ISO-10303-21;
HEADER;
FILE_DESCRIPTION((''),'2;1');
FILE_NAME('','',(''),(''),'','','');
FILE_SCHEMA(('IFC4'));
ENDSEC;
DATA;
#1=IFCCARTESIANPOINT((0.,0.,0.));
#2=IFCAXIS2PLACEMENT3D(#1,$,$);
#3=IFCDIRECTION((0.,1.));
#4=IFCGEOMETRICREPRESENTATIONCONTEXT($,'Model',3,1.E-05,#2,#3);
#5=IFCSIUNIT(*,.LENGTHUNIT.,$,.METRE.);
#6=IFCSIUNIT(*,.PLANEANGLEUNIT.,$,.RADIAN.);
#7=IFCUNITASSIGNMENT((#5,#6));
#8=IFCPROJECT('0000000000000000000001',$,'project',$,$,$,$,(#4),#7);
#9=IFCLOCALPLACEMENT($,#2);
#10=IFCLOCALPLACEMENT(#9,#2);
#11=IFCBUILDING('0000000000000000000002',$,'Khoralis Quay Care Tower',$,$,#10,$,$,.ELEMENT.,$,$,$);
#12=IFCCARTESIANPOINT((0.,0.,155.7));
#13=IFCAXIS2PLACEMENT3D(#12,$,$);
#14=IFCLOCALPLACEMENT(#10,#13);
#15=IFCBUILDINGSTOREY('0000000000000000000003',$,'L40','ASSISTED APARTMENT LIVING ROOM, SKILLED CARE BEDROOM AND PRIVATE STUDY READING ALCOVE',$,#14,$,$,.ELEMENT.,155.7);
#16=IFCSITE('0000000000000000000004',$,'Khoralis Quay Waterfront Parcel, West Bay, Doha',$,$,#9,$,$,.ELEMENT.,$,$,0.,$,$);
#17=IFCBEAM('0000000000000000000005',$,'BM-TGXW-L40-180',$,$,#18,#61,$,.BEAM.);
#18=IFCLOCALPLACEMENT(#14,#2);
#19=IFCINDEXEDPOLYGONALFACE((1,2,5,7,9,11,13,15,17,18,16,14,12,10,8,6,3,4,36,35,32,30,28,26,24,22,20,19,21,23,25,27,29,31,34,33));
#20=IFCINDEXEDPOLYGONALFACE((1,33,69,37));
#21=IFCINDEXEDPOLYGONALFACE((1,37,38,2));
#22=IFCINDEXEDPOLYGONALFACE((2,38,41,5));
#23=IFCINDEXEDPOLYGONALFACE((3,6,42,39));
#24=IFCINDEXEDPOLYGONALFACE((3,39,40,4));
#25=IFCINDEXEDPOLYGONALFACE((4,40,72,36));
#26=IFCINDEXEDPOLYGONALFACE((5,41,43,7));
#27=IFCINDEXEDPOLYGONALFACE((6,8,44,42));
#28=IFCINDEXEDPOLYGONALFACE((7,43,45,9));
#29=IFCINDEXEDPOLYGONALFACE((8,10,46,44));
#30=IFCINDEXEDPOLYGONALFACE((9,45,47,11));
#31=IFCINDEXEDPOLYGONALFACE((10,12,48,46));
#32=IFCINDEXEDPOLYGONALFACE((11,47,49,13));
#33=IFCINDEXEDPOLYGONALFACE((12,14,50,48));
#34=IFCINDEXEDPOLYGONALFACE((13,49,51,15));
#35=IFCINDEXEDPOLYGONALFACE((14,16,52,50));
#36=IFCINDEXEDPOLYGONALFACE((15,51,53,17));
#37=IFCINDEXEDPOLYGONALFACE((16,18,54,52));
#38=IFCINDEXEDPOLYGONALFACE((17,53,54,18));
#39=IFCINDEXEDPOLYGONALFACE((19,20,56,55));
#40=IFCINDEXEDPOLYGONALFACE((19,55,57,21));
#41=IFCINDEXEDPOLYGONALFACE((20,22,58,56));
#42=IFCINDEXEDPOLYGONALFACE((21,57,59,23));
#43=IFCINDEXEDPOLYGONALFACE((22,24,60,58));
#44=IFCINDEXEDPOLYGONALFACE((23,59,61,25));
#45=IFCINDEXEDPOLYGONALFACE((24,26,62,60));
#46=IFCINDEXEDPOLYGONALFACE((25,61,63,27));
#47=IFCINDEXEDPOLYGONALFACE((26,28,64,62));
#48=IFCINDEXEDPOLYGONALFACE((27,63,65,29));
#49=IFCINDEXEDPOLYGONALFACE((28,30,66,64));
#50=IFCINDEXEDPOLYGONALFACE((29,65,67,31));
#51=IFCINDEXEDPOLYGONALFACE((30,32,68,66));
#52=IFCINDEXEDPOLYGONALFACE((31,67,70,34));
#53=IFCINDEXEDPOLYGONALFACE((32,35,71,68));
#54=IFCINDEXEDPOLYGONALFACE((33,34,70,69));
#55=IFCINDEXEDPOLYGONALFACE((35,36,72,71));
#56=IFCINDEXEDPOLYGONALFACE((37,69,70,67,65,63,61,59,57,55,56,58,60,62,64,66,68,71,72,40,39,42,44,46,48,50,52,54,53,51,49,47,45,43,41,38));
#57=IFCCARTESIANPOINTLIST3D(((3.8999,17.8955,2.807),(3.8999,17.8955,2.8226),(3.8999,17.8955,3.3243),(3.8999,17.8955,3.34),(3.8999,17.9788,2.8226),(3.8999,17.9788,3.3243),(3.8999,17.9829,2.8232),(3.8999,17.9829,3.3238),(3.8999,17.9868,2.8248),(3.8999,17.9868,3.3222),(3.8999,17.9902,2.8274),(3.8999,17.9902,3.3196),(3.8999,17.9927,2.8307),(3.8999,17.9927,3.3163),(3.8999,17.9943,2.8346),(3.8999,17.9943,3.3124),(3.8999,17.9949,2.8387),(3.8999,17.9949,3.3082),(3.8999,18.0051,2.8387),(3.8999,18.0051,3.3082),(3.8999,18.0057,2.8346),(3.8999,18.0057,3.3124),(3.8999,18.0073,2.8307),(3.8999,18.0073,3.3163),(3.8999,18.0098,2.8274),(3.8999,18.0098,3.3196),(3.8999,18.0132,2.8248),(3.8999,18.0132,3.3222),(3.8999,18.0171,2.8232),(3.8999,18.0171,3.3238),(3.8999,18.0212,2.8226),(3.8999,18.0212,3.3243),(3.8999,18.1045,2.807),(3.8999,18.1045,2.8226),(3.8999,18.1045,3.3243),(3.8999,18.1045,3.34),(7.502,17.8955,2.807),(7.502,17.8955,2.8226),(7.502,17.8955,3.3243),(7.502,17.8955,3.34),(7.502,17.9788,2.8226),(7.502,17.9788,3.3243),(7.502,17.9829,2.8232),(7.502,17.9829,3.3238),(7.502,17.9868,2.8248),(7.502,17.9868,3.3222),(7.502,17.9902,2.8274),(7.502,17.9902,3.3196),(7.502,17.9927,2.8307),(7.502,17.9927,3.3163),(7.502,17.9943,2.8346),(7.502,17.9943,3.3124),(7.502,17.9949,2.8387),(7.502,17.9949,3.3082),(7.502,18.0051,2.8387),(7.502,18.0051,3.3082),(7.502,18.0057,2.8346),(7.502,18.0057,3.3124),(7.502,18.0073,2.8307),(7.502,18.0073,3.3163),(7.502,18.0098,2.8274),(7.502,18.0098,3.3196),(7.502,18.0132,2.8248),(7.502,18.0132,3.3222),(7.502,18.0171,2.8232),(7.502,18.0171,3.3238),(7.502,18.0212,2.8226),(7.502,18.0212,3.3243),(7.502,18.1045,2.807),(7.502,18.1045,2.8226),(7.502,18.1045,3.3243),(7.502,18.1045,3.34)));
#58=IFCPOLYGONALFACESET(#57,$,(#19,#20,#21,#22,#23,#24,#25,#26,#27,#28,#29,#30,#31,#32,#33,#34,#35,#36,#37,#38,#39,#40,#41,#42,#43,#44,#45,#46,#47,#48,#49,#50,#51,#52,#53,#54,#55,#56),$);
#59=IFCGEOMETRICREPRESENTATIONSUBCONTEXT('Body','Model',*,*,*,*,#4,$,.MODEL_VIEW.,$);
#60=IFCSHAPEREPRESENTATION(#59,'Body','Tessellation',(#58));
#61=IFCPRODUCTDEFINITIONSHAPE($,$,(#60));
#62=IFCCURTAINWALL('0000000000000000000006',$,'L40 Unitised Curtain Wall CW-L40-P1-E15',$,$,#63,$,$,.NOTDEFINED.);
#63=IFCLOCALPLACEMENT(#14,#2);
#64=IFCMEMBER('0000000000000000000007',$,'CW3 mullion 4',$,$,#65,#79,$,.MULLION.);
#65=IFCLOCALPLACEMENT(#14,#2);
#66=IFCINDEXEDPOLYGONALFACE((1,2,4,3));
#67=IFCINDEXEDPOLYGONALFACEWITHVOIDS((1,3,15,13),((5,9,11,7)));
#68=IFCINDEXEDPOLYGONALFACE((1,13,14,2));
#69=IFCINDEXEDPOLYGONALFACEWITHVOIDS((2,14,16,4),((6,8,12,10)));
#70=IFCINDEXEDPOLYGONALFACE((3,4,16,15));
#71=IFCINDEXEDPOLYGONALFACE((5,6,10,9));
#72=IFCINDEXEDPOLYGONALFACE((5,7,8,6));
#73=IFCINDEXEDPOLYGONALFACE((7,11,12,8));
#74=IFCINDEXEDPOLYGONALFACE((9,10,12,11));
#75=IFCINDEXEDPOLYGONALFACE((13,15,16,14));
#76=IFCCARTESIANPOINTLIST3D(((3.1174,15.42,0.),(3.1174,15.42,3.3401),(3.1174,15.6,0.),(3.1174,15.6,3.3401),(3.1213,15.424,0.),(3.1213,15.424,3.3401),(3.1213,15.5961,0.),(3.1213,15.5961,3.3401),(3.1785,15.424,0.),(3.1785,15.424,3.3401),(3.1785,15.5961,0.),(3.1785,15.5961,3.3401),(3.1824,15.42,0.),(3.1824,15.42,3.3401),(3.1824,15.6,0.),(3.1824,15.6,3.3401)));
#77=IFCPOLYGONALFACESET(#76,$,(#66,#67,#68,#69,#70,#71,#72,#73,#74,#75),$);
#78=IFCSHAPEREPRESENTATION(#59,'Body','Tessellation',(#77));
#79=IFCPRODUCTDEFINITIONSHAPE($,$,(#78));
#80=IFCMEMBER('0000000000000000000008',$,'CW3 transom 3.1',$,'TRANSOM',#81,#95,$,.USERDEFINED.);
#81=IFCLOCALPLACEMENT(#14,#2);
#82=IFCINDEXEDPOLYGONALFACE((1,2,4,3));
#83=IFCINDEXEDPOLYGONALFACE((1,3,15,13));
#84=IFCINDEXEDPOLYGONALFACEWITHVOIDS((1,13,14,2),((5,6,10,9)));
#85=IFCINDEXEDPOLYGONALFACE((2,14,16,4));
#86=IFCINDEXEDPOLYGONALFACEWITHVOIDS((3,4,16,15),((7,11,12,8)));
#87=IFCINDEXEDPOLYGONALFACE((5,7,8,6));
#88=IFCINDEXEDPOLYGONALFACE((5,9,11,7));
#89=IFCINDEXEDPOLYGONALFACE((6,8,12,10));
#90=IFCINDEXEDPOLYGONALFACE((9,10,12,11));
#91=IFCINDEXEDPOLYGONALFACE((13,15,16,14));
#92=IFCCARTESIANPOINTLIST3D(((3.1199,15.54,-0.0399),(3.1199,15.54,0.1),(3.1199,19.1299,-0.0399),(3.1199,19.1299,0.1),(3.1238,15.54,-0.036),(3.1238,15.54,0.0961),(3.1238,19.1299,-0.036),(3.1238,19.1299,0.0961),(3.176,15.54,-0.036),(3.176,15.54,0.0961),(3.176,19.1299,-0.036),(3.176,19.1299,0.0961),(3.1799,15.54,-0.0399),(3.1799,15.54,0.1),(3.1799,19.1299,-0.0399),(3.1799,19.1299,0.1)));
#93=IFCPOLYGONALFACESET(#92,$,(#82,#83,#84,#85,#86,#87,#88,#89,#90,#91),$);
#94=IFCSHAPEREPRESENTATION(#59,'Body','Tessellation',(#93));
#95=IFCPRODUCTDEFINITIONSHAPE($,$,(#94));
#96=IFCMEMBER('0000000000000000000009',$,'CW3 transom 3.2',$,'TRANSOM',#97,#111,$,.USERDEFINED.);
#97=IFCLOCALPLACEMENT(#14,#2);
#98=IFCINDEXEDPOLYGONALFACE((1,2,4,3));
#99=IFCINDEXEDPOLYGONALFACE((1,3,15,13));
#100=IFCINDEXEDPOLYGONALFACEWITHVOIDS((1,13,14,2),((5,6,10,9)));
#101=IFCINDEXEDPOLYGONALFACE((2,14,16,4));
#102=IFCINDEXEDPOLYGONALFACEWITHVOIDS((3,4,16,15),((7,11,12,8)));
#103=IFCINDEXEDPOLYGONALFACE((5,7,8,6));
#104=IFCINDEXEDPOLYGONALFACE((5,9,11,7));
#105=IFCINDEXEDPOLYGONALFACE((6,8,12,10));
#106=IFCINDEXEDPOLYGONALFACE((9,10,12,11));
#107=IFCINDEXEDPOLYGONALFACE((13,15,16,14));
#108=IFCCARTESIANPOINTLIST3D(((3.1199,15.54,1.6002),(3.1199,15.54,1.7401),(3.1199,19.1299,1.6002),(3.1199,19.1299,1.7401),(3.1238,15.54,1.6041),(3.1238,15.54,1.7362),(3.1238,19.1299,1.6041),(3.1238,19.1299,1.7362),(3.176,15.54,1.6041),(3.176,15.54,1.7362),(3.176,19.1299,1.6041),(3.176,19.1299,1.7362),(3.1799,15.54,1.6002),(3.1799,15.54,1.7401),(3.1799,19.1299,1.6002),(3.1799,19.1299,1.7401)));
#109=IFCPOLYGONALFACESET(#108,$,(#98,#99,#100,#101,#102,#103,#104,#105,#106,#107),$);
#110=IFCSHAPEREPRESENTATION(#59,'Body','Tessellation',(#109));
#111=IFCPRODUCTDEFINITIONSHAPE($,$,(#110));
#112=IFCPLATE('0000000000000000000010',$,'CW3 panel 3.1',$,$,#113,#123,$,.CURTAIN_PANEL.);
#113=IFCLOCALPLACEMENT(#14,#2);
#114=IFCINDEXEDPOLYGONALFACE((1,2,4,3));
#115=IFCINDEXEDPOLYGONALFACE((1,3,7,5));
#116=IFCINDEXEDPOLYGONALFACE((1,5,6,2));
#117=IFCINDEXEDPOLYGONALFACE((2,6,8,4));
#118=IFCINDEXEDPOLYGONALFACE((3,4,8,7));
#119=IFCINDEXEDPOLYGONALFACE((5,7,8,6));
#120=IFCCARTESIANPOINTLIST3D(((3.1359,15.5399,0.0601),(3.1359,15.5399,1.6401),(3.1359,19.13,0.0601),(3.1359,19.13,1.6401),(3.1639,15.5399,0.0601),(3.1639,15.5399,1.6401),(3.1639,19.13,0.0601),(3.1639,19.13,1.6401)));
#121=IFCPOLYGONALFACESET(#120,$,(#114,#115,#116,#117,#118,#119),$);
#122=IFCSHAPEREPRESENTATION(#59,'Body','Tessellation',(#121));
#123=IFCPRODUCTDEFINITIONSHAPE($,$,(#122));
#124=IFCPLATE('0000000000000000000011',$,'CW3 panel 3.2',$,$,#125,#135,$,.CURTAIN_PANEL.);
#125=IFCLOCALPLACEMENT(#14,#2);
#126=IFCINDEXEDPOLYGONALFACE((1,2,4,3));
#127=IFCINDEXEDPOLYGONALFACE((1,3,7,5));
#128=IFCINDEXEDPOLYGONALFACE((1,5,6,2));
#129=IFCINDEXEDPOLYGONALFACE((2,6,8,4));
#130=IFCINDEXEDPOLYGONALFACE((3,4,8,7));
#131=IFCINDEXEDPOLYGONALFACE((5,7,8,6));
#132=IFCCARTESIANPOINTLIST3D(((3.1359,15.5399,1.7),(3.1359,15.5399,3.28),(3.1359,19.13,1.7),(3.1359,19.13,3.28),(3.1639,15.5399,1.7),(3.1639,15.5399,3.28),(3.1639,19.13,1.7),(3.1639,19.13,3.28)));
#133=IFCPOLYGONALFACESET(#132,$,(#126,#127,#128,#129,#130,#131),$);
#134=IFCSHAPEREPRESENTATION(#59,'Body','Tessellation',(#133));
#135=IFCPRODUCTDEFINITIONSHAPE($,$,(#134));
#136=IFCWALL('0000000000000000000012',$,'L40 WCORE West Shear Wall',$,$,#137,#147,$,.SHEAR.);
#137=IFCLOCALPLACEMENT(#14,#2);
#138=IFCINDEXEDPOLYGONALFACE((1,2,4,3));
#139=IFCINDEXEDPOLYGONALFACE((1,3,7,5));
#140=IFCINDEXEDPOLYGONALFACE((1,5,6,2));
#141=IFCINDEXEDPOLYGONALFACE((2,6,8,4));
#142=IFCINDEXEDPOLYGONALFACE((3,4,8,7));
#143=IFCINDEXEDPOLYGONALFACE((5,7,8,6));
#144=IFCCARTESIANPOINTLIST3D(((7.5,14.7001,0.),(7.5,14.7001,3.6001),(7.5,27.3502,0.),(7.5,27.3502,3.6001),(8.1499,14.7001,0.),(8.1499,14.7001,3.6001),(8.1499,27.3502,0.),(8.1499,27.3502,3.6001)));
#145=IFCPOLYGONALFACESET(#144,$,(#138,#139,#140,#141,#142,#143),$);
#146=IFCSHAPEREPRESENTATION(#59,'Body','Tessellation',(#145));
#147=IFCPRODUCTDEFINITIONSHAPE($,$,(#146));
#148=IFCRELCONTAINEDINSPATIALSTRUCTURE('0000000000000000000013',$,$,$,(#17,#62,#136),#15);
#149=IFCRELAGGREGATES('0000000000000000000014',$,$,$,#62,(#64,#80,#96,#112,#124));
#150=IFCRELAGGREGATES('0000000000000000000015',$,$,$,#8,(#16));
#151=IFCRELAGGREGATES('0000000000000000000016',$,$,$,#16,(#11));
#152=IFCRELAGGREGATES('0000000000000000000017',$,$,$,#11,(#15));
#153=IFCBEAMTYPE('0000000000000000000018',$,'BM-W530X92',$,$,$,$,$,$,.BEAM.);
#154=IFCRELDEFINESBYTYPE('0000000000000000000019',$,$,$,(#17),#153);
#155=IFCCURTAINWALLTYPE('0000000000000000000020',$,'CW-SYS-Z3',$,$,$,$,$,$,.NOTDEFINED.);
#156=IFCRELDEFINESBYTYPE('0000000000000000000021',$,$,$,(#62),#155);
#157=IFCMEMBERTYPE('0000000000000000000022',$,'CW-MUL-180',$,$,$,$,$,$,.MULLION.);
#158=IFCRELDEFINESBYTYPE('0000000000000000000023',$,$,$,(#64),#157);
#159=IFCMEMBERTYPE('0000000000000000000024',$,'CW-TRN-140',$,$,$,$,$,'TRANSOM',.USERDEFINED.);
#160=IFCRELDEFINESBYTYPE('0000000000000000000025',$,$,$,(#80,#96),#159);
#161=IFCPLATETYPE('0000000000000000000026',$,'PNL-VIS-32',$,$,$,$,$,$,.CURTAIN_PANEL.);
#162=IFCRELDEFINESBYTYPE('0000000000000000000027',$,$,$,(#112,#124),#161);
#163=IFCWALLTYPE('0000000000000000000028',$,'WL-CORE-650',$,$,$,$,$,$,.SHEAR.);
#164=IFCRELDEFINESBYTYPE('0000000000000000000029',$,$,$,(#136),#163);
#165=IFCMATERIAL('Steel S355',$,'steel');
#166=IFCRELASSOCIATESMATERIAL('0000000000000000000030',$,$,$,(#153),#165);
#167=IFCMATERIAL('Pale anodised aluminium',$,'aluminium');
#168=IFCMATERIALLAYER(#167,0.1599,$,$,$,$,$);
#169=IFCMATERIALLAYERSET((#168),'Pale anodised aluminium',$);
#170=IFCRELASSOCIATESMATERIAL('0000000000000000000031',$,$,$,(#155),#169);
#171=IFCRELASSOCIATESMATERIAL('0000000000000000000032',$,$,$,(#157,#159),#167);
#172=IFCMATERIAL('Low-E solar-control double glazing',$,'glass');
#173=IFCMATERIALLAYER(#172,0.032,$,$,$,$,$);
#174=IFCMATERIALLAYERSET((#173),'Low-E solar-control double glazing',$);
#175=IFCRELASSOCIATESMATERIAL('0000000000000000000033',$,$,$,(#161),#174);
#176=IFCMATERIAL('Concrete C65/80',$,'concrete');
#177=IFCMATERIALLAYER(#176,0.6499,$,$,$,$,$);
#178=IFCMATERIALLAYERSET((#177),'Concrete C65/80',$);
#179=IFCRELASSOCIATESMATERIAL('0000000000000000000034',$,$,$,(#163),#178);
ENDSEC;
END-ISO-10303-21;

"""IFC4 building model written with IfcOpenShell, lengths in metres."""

from ifc_helpers import new_model, si_unit, direction, frame, frame_2d, origin, origin_2d, place, context, subcontext, project, spatial, rectangle, hollow_rectangle, i_section, extrude, source, transform, mapped, material, layer, layer_set, material_profile, profile_set, type_object, element, aggregate, save


model = new_model("IFC4")

# Units and contexts
model_context = context("Model", 3, precision=1e-05, world=origin(), true_north=direction((0.0, 1.0)))
body_context = subcontext(model_context, "Body", "Model", "MODEL_VIEW")
ifc_project = project(units=[si_unit("LENGTHUNIT", "METRE"), si_unit("PLANEANGLEUNIT", "RADIAN")], contexts=[model_context])

# Site, building, storey
site_placement = place(None, origin())
site = spatial("IfcSite", under=ifc_project, at=site_placement, Name="Khoralis Quay Waterfront Parcel, West Bay, Doha", CompositionType="ELEMENT", RefElevation=0.0)
building_placement = place(site_placement, origin())
building = spatial("IfcBuilding", under=site, at=building_placement, Name="Khoralis Quay Care Tower", CompositionType="ELEMENT")
storey_placement = place(building_placement, frame((0.0, 0.0, 155.7)))
storey = spatial("IfcBuildingStorey", under=building, at=storey_placement, Name="L40", Description="ASSISTED APARTMENT LIVING ROOM, SKILLED CARE BEDROOM AND PRIVATE STUDY READING ALCOVE", CompositionType="ELEMENT", Elevation=155.7)

# Shared definitions
ifc_material_1 = material(Name="Concrete C65/80", Category="concrete")

# Beam
ifc_material_2 = material(Name="Steel S355", Category="steel")
ifc_material_profile_1 = material_profile(ifc_material_2, i_section(OverallWidth=0.209, OverallDepth=0.533, WebThickness=0.0103, FlangeThickness=0.0156, FilletRadius=0.0161, at=origin_2d()), Name="Steel S355")
ifc_profile_set_1 = profile_set([ifc_material_profile_1], Name="Steel S355")
beam_type_1 = type_object("IfcBeamType", Name="BM-W530X92", PredefinedType="BEAM", material=ifc_profile_set_1)
shared_shape_1 = source(origin(), body_context, "Body", "SweptSolid", [
    extrude(i_section(OverallWidth=0.209, OverallDepth=0.533, WebThickness=0.0103, FlangeThickness=0.0156, FilletRadius=0.0161, at=origin_2d()), origin(), (0.0, 0.0, 1.0), 3.6021),
])
beam_1_placement = place(storey_placement, frame((3.8999, 18.0, 3.0735), z_axis=(1.0, 0.0, 0.0), x_axis=(0.0, 1.0, 0.0)))
element("IfcBeam", 1, at=beam_1_placement, inside=storey, type_object=beam_type_1, Name="BM-TGXW-L40-180", PredefinedType="BEAM", context=body_context, shape_type="MappedRepresentation", body=[
    mapped(shared_shape_1, transform((0.0, 0.0, 0.0), scale=1.0)),
])

# Curtain wall, members, plates
ifc_material_3 = material(Name="Pale anodised aluminium", Category="aluminium")
ifc_layer_1 = layer(ifc_material_3, 0.1599)
ifc_layer_set_1 = layer_set([ifc_layer_1], Name="Pale anodised aluminium")
curtain_wall_type = type_object("IfcCurtainWallType", Name="CW-SYS-Z3", PredefinedType="NOTDEFINED", material=ifc_layer_set_1)
curtain_wall_placement = place(storey_placement, origin())
curtain_wall = element("IfcCurtainWall", 2, at=curtain_wall_placement, inside=storey, type_object=curtain_wall_type, Name="L40 Unitised Curtain Wall CW-L40-P1-E15", PredefinedType="NOTDEFINED")
ifc_material_profile_2 = material_profile(ifc_material_3, hollow_rectangle(XDim=0.0649, YDim=0.1799, WallThickness=0.0039, at=origin_2d()), Name="Pale anodised aluminium")
ifc_profile_set_2 = profile_set([ifc_material_profile_2], Name="Pale anodised aluminium")
member_type_1 = type_object("IfcMemberType", Name="CW-MUL-180", PredefinedType="MULLION", material=ifc_profile_set_2)
shared_shape_2 = source(origin(), body_context, "Body", "SweptSolid", [
    extrude(hollow_rectangle(XDim=0.0649, YDim=0.1799, WallThickness=0.0039, at=origin_2d()), origin(), (0.0, 0.0, 1.0), 3.3401),
])
member_1_placement = place(storey_placement, frame((3.1499, 15.51, 0.0), z_axis=(0.0, 0.0, 1.0), x_axis=(1.0, 0.0, 0.0)))
member_1 = element("IfcMember", 3, at=member_1_placement, type_object=member_type_1, Name="CW3 mullion 4", PredefinedType="MULLION", context=body_context, shape_type="MappedRepresentation", body=[
    mapped(shared_shape_2, transform((0.0, 0.0, 0.0), scale=1.0)),
])
ifc_material_profile_3 = material_profile(ifc_material_3, hollow_rectangle(XDim=0.0601, YDim=0.1399, WallThickness=0.0039, at=origin_2d()), Name="Pale anodised aluminium")
ifc_profile_set_3 = profile_set([ifc_material_profile_3], Name="Pale anodised aluminium")
member_type_2 = type_object("IfcMemberType", Name="CW-TRN-140", ElementType="TRANSOM", PredefinedType="USERDEFINED", material=ifc_profile_set_3)
shared_shape_3 = source(origin(), body_context, "Body", "SweptSolid", [
    extrude(hollow_rectangle(XDim=0.0601, YDim=0.1399, WallThickness=0.0039, at=origin_2d()), origin(), (0.0, 0.0, 1.0), 3.5898),
])
member_2_placement = place(storey_placement, frame((3.1499, 19.1299, 0.03), z_axis=(0.0, -1.0, 0.0), x_axis=(1.0, 0.0, 0.0)))
member_2 = element("IfcMember", 4, at=member_2_placement, type_object=member_type_2, Name="CW3 transom 3.1", ObjectType="TRANSOM", PredefinedType="USERDEFINED", context=body_context, shape_type="MappedRepresentation", body=[
    mapped(shared_shape_3, transform((0.0, 0.0, 0.0), scale=1.0)),
])
member_3_placement = place(storey_placement, frame((3.1499, 19.1299, 1.6702), z_axis=(0.0, -1.0, 0.0), x_axis=(1.0, 0.0, 0.0)))
member_3 = element("IfcMember", 5, at=member_3_placement, type_object=member_type_2, Name="CW3 transom 3.2", ObjectType="TRANSOM", PredefinedType="USERDEFINED", context=body_context, shape_type="MappedRepresentation", body=[
    mapped(shared_shape_3, transform((0.0, 0.0, 0.0), scale=1.0)),
])
ifc_material_4 = material(Name="Low-E solar-control double glazing", Category="glass")
ifc_layer_2 = layer(ifc_material_4, 0.032)
ifc_layer_set_2 = layer_set([ifc_layer_2], Name="Low-E solar-control double glazing")
plate_type = type_object("IfcPlateType", Name="PNL-VIS-32", PredefinedType="CURTAIN_PANEL", material=ifc_layer_set_2)
shared_shape_4 = source(origin(), body_context, "Body", "SweptSolid", [
    extrude(rectangle(XDim=3.5901, YDim=0.0281, at=origin_2d()), origin(), (0.0, 0.0, 1.0), 1.5801),
])
plate_1_placement = place(storey_placement, frame((3.1499, 17.335, 0.0601), z_axis=(0.0, 0.0, 1.0), x_axis=(0.0, -1.0, 0.0)))
plate_1 = element("IfcPlate", 6, at=plate_1_placement, type_object=plate_type, Name="CW3 panel 3.1", PredefinedType="CURTAIN_PANEL", context=body_context, shape_type="MappedRepresentation", body=[
    mapped(shared_shape_4, transform((0.0, 0.0, 0.0), scale=1.0)),
])
plate_2_placement = place(storey_placement, frame((3.1499, 17.335, 1.7), z_axis=(0.0, 0.0, 1.0), x_axis=(0.0, -1.0, 0.0)))
plate_2 = element("IfcPlate", 7, at=plate_2_placement, type_object=plate_type, Name="CW3 panel 3.2", PredefinedType="CURTAIN_PANEL", context=body_context, shape_type="MappedRepresentation", body=[
    mapped(shared_shape_4, transform((0.0, 0.0, 0.0), scale=1.0)),
])
aggregate(curtain_wall, [member_1, member_2, member_3, plate_1, plate_2])

# Wall
ifc_layer_3 = layer(ifc_material_1, 0.6499)
ifc_layer_set_3 = layer_set([ifc_layer_3], Name="Concrete C65/80")
wall_type_1 = type_object("IfcWallType", Name="WL-CORE-650", PredefinedType="SHEAR", material=ifc_layer_set_3)
wall_1_placement = place(storey_placement, frame((7.825, 14.7, 0.0), z_axis=(0.0, 0.0, 1.0), x_axis=(0.0, 1.0, 0.0)))
element("IfcWall", 8, at=wall_1_placement, inside=storey, type_object=wall_type_1, Name="L40 WCORE West Shear Wall", PredefinedType="SHEAR", context=body_context, shape_type="SweptSolid", body=[
    extrude(rectangle(XDim=12.6501, YDim=0.6499, at=frame_2d((6.3252, 0.0))), origin(), (0.0, 0.0, 1.0), 3.6001),
])

save(model, "model.ifc")
